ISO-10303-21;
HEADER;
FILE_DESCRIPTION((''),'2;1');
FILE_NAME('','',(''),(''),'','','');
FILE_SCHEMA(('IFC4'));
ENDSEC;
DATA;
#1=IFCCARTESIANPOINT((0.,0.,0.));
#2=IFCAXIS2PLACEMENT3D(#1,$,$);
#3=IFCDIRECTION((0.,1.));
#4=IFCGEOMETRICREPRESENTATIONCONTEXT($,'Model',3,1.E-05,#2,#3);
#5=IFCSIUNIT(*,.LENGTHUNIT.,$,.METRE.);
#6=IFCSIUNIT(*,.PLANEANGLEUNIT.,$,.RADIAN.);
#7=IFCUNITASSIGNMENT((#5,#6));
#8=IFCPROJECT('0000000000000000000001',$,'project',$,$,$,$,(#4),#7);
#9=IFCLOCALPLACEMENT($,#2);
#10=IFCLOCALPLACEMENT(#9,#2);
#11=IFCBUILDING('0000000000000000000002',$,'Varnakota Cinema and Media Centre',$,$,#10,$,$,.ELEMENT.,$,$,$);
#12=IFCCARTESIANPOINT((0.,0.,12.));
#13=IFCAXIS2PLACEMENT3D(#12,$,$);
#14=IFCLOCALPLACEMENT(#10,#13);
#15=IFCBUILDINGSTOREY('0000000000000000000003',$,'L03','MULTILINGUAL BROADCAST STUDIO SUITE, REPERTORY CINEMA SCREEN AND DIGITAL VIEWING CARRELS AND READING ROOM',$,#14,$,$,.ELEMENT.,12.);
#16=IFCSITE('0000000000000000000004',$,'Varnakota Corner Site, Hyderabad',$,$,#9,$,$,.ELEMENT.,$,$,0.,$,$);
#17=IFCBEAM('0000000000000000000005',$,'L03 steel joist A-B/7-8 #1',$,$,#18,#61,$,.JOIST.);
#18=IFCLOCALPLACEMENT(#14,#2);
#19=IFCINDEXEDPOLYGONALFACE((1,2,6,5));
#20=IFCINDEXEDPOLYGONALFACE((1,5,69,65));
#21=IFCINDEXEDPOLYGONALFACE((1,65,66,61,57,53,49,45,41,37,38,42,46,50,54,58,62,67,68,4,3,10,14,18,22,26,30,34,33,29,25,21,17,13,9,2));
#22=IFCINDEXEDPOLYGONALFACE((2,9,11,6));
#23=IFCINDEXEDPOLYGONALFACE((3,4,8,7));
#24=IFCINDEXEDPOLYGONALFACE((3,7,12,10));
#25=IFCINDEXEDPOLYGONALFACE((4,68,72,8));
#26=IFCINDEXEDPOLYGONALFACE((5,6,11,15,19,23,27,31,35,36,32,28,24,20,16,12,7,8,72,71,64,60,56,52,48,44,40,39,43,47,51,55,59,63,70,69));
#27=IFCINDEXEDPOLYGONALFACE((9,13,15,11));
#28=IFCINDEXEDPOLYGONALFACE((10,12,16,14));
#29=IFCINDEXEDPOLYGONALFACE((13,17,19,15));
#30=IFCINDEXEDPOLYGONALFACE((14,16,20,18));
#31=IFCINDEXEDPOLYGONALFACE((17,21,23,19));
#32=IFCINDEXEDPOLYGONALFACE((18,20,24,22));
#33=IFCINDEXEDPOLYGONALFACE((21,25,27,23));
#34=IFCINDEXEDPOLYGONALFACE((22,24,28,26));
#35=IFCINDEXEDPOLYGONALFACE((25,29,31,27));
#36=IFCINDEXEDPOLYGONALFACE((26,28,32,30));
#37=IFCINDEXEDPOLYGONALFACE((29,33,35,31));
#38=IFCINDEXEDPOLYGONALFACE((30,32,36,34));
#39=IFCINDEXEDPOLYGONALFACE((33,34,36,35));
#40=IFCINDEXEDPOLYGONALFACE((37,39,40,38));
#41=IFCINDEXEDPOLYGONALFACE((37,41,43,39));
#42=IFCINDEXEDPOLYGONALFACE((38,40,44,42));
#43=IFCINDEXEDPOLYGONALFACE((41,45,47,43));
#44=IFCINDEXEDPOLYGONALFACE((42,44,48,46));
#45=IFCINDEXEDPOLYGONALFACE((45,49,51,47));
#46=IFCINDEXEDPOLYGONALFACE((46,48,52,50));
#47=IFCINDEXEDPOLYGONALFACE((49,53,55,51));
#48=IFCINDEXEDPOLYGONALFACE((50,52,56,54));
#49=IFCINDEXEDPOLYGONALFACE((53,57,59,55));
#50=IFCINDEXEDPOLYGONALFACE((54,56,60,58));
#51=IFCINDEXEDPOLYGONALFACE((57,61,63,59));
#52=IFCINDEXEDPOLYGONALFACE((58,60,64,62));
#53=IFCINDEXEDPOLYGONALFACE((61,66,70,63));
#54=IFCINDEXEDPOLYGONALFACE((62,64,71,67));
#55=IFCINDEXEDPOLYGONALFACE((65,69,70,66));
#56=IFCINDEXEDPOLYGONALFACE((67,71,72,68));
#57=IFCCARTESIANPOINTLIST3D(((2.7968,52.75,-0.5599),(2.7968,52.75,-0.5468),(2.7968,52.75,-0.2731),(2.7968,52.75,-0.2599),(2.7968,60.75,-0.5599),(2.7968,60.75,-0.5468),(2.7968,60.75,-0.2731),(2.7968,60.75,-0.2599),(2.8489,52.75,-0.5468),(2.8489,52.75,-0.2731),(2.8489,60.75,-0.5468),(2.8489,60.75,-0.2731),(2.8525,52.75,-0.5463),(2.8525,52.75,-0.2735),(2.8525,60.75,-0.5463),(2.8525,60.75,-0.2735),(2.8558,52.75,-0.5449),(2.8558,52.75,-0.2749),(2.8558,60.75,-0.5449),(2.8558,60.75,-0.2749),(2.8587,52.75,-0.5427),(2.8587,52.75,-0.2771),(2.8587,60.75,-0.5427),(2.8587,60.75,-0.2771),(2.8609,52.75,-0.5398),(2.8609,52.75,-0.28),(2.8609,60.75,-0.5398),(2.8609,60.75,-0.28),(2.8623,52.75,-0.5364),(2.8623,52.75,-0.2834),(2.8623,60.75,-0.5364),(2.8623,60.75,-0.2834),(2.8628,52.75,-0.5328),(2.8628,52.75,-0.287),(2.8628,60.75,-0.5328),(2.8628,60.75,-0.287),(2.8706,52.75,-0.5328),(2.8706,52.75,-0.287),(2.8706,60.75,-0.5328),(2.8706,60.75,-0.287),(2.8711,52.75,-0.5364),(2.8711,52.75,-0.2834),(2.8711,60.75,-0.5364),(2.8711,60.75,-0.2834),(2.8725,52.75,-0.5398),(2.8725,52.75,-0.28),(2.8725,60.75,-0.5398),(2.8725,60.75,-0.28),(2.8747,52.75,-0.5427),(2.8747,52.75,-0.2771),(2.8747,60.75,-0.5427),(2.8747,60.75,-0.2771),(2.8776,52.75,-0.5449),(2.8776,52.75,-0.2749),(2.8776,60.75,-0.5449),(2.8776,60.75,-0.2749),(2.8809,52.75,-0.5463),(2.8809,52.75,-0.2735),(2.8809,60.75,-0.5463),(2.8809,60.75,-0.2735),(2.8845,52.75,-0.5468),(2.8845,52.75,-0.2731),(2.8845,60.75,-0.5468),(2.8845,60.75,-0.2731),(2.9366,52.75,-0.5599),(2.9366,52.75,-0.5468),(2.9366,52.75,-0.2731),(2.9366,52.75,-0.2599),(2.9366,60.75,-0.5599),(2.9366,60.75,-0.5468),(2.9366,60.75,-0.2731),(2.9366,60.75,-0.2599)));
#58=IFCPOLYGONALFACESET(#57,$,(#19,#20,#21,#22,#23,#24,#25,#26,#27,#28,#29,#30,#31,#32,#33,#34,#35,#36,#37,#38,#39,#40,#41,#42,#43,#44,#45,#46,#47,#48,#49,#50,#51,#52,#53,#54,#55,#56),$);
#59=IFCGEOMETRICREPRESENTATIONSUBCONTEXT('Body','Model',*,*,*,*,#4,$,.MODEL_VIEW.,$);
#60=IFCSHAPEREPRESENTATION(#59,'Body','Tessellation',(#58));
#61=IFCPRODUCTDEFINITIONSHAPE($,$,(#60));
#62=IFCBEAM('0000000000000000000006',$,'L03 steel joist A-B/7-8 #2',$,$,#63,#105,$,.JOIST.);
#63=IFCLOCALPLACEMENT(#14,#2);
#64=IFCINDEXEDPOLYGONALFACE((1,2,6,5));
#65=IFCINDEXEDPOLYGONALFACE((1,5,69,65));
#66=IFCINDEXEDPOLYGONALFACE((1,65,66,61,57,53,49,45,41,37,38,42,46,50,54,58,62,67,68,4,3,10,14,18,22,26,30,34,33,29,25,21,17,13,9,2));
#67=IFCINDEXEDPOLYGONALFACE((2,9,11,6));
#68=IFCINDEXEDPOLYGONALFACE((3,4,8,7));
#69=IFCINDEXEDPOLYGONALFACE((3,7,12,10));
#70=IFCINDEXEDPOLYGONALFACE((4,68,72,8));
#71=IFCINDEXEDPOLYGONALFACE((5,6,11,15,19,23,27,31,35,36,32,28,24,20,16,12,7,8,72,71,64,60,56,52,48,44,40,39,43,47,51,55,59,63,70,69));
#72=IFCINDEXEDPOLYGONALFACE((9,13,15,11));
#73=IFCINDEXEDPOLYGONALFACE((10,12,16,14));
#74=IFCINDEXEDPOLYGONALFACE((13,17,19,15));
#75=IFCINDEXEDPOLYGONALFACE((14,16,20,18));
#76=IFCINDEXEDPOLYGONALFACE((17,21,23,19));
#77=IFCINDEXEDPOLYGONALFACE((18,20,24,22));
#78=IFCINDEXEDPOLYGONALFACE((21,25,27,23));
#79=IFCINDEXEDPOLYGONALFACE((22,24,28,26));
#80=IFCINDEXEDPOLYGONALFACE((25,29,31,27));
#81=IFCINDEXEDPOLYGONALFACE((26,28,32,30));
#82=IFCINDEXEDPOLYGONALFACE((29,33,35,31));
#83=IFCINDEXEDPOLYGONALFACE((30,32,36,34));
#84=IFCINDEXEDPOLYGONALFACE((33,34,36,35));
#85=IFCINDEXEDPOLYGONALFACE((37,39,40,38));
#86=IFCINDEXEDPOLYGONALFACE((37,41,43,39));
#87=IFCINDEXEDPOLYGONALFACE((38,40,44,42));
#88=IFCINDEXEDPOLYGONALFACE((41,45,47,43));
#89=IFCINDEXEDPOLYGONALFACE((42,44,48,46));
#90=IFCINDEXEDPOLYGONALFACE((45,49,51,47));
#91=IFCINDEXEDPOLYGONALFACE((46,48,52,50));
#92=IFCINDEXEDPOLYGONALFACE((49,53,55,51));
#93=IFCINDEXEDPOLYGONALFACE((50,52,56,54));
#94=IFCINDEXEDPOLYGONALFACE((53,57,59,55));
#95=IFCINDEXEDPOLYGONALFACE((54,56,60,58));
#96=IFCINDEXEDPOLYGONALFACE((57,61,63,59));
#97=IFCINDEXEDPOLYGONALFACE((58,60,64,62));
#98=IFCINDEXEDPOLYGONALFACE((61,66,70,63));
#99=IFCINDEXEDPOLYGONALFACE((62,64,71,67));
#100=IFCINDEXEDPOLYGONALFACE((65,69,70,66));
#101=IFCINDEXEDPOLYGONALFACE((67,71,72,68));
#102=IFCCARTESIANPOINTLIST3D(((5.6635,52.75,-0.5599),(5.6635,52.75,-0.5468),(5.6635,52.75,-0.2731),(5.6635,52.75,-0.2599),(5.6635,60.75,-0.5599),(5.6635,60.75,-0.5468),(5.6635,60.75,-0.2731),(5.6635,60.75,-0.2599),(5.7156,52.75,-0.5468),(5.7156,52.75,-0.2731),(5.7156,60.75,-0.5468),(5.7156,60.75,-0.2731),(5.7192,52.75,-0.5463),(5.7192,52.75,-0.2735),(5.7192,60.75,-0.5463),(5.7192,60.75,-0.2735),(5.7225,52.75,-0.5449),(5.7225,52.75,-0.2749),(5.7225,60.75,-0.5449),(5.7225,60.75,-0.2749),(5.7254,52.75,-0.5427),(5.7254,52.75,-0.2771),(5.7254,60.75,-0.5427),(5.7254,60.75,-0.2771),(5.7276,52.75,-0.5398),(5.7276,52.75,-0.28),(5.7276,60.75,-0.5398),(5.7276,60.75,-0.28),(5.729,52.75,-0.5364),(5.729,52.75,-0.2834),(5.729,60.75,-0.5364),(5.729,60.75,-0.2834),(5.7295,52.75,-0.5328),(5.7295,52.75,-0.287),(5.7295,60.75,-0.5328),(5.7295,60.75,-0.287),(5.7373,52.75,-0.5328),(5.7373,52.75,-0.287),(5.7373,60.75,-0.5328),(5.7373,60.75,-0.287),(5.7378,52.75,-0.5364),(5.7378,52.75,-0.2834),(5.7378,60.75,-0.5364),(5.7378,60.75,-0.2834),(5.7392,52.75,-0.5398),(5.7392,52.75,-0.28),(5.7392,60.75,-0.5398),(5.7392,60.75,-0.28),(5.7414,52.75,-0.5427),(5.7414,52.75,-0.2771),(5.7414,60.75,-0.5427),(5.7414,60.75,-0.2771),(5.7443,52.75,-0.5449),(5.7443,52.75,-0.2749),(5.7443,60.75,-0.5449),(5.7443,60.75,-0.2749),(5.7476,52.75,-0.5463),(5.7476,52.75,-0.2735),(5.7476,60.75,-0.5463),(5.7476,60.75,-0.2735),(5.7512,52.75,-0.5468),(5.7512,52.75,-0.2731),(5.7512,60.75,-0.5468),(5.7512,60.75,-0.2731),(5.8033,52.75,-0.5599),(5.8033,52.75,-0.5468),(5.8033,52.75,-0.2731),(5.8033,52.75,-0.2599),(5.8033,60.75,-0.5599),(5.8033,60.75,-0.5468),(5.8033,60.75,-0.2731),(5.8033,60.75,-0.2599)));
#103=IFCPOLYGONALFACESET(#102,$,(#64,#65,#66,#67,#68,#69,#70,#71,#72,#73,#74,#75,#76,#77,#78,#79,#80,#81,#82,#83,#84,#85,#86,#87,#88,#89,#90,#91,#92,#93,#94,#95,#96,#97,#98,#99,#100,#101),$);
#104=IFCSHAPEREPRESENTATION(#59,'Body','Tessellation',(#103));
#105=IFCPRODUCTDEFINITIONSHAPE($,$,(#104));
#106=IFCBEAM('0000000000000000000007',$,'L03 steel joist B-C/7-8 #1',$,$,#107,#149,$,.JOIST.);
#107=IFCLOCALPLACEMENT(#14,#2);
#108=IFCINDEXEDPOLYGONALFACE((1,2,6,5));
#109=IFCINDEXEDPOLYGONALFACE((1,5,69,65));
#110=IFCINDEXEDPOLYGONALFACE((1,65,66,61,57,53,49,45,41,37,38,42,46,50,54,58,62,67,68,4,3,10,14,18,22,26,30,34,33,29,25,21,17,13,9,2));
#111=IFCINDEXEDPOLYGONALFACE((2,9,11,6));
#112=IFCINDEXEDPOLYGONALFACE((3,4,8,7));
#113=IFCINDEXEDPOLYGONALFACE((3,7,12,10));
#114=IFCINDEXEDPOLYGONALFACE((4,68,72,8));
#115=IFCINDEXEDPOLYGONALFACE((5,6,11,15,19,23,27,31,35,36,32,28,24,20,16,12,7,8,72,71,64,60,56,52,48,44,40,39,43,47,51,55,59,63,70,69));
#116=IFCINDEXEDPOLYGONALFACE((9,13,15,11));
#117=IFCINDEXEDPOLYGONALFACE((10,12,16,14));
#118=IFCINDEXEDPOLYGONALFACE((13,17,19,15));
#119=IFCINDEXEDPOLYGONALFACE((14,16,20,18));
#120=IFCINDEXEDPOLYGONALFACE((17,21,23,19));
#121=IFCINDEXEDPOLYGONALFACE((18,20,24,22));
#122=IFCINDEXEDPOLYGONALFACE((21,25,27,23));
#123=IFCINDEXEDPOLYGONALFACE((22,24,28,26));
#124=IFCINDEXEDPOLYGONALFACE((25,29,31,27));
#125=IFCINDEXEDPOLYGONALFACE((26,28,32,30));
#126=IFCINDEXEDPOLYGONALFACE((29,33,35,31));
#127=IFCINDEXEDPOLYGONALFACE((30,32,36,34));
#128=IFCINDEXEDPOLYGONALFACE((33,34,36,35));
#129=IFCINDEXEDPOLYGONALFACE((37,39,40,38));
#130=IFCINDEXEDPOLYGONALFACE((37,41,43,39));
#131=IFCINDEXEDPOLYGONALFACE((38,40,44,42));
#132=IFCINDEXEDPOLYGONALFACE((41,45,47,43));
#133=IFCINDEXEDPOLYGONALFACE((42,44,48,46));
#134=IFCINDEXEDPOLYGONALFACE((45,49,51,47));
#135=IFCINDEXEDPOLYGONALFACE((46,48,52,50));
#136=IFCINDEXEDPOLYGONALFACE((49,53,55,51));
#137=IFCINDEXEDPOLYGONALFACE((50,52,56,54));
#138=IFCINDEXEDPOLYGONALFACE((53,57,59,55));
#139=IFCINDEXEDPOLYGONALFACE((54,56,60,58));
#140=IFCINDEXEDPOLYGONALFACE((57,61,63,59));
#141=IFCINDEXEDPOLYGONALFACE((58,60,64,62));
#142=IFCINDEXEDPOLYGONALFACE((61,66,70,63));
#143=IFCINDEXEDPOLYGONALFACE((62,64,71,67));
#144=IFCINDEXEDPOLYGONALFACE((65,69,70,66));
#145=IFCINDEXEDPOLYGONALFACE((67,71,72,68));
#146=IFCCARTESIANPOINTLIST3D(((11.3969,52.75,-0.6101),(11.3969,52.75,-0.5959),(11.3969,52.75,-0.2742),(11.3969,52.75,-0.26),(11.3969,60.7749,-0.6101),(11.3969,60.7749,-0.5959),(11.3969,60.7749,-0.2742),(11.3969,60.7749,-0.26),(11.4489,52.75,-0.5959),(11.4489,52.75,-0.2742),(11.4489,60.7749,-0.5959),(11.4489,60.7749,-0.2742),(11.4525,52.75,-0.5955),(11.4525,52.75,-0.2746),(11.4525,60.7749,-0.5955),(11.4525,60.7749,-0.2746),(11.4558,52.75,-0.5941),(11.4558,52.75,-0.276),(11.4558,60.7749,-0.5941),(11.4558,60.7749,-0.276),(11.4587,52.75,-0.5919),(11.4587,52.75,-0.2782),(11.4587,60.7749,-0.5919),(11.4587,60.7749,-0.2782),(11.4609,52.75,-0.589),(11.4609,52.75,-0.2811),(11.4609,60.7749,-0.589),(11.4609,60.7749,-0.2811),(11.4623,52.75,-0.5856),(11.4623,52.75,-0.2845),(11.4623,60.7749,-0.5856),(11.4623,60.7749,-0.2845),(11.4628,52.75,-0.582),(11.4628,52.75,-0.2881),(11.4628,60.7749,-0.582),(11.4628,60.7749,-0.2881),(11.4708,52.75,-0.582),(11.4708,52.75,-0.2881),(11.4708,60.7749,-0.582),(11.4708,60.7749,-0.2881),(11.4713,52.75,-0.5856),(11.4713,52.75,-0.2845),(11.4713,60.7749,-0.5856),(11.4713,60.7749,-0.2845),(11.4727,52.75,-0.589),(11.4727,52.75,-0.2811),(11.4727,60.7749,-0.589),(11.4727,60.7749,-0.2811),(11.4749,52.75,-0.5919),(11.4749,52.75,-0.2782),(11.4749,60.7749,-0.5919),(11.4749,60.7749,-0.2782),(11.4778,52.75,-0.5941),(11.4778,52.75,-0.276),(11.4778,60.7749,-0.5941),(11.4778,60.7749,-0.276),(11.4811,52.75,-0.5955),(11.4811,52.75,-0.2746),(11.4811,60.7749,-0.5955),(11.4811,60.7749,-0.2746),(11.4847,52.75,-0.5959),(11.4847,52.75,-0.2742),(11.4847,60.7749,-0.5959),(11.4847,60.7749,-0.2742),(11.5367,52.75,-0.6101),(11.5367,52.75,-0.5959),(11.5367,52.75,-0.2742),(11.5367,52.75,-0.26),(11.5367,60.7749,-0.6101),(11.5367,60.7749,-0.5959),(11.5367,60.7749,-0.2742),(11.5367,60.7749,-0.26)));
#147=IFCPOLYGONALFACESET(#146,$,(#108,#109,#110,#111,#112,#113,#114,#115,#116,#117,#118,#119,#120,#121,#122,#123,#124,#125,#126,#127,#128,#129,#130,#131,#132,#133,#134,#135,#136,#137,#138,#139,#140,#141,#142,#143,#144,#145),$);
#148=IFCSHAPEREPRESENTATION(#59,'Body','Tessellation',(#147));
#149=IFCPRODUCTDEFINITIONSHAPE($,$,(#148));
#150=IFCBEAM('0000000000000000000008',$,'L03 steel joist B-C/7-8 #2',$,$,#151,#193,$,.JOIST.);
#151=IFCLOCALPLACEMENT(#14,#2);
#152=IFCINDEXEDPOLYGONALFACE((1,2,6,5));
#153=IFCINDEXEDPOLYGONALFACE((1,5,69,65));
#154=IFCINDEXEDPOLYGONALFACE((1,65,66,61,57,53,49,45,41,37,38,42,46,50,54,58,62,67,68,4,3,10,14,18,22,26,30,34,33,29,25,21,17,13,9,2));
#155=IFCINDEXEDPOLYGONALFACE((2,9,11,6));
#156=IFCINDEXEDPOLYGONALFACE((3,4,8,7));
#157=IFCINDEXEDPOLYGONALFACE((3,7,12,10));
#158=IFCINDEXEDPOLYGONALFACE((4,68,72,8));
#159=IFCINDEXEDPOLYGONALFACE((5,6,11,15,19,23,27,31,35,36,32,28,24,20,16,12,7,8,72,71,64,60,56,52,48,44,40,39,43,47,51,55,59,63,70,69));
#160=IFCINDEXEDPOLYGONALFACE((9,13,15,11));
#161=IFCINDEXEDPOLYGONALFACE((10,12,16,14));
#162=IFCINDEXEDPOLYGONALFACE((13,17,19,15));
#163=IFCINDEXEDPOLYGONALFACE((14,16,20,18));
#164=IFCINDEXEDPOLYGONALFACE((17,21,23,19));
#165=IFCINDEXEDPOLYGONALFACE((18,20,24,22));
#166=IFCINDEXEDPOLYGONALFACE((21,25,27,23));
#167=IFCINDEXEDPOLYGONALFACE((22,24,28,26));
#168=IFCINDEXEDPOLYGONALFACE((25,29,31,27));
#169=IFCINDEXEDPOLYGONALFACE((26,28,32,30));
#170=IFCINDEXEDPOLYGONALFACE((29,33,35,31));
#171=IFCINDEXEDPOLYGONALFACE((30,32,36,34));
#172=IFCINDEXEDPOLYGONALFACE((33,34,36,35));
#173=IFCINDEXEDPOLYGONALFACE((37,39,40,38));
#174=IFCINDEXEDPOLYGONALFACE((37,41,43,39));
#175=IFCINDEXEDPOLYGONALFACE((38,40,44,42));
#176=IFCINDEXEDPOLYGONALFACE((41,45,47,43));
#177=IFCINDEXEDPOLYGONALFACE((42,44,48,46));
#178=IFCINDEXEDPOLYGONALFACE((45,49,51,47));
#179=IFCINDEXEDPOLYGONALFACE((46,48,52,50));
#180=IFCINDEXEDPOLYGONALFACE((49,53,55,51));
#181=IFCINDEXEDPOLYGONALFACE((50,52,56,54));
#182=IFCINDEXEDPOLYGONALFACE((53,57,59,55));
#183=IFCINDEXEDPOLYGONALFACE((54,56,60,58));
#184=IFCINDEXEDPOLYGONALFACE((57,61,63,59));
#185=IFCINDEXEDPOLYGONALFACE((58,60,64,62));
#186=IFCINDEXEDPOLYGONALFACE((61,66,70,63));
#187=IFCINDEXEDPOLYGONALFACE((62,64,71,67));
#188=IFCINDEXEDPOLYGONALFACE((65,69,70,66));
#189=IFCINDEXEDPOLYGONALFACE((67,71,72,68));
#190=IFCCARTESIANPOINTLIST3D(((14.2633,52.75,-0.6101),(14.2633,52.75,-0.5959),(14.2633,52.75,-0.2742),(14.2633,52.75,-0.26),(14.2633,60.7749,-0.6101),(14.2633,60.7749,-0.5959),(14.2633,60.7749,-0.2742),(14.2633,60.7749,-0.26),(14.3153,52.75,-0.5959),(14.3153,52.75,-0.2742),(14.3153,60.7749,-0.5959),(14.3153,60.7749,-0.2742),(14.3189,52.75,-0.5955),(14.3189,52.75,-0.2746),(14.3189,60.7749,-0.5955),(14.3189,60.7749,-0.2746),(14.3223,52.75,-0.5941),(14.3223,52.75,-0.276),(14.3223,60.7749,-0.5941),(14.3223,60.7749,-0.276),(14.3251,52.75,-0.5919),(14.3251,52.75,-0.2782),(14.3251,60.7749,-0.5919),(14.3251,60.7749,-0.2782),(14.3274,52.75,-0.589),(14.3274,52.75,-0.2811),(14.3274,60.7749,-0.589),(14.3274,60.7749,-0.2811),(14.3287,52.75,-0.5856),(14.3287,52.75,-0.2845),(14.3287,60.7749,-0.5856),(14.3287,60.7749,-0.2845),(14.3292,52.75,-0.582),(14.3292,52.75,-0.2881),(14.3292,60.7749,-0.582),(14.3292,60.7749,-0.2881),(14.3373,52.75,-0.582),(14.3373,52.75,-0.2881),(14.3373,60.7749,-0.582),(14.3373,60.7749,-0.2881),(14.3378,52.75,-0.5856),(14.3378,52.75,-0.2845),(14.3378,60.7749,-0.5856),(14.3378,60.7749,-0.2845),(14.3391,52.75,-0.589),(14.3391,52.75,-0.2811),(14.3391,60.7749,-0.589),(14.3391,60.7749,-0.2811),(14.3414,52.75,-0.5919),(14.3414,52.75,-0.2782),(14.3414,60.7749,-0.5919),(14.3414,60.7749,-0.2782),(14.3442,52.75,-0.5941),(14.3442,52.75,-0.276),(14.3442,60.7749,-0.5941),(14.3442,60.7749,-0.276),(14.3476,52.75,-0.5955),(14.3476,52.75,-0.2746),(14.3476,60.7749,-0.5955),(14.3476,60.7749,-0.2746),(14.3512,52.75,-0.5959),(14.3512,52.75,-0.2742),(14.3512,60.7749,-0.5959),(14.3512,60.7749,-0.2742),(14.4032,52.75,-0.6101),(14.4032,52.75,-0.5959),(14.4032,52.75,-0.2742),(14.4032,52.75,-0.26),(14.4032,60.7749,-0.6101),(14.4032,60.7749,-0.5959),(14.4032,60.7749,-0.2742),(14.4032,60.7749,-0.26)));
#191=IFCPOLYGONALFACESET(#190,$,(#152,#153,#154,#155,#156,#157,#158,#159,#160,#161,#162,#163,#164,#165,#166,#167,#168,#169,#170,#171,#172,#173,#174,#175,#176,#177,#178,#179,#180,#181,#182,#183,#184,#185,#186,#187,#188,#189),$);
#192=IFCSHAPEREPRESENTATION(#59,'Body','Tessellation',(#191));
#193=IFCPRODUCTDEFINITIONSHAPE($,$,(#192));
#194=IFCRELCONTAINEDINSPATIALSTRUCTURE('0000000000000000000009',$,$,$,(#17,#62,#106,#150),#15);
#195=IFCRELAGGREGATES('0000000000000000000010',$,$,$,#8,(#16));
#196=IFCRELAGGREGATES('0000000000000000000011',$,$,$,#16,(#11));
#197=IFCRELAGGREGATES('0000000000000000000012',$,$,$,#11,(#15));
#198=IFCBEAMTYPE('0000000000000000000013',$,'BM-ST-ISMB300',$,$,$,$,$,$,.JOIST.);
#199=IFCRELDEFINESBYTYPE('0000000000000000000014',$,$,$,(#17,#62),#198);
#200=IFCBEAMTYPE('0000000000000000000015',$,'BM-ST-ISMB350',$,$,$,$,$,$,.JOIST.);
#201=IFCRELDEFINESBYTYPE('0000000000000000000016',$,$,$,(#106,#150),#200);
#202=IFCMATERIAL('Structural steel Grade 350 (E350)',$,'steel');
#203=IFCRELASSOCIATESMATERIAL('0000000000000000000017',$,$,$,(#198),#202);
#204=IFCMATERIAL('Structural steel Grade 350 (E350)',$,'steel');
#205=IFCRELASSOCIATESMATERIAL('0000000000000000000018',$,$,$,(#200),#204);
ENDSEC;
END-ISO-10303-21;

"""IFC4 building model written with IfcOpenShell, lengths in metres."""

from ifc_helpers import new_model, si_unit, direction, frame, origin, origin_2d, place, context, subcontext, project, spatial, i_section, extrude, material, material_profile, profile_set, type_object, element, save


model = new_model("IFC4")

# Units and contexts
model_context = context("Model", 3, precision=1e-05, world=origin(), true_north=direction((0.0, 1.0)))
body_context = subcontext(model_context, "Body", "Model", "MODEL_VIEW")
ifc_project = project(units=[si_unit("LENGTHUNIT", "METRE"), si_unit("PLANEANGLEUNIT", "RADIAN")], contexts=[model_context])

# Site, building, storey
site_placement = place(None, origin())
site = spatial("IfcSite", under=ifc_project, at=site_placement, Name="Varnakota Corner Site, Hyderabad", CompositionType="ELEMENT", RefElevation=0.0)
building_placement = place(site_placement, origin())
building = spatial("IfcBuilding", under=site, at=building_placement, Name="Varnakota Cinema and Media Centre", CompositionType="ELEMENT")
storey_placement = place(building_placement, frame((0.0, 0.0, 12.0)))
storey = spatial("IfcBuildingStorey", under=building, at=storey_placement, Name="L03", Description="MULTILINGUAL BROADCAST STUDIO SUITE, REPERTORY CINEMA SCREEN AND DIGITAL VIEWING CARRELS AND READING ROOM", CompositionType="ELEMENT", Elevation=12.0)

# Beams
ifc_material_1 = material(Name="Structural steel Grade 350 (E350)", Category="steel")
ifc_material_profile_1 = material_profile(ifc_material_1, i_section(OverallWidth=0.1399, OverallDepth=0.3, WebThickness=0.0078, FlangeThickness=0.0132, FilletRadius=0.0139, at=origin_2d()), Name="ISMB 300")
ifc_profile_set_1 = profile_set([ifc_material_profile_1], Name="Structural steel Grade 350 (E350)")
beam_type_1 = type_object("IfcBeamType", Name="BM-ST-ISMB300", PredefinedType="JOIST", material=ifc_profile_set_1)
for number, where, z_axis, x_axis, name in (
    (1, (2.8667, 52.75, -0.4099), (0.0, 1.0, 0.0), (-1.0, 0.0, 0.0), "L03 steel joist A-B/7-8 #1"),
    (2, (5.7334, 52.75, -0.4099), (0.0, 1.0, 0.0), (-1.0, 0.0, 0.0), "L03 steel joist A-B/7-8 #2"),
):
    element("IfcBeam", number, at=place(storey_placement, frame(where, z_axis=z_axis, x_axis=x_axis)), inside=storey, type_object=beam_type_1, Name=name, PredefinedType="JOIST", context=body_context, shape_type="SweptSolid", body=[
        extrude(i_section(OverallWidth=0.1399, OverallDepth=0.3, WebThickness=0.0078, FlangeThickness=0.0132, FilletRadius=0.0139, at=origin_2d()), origin(), (0.0, 0.0, 1.0), 8.0),
    ])
ifc_material_2 = material(Name="Structural steel Grade 350 (E350)", Category="steel")
ifc_material_profile_2 = material_profile(ifc_material_2, i_section(OverallWidth=0.1399, OverallDepth=0.3501, WebThickness=0.0081, FlangeThickness=0.0142, FilletRadius=0.0139, at=origin_2d()), Name="ISMB 350")
ifc_profile_set_2 = profile_set([ifc_material_profile_2], Name="Structural steel Grade 350 (E350)")
beam_type_2 = type_object("IfcBeamType", Name="BM-ST-ISMB350", PredefinedType="JOIST", material=ifc_profile_set_2)
for number, where, z_axis, x_axis, name in (
    (3, (11.4668, 52.75, -0.4351), (0.0, 1.0, 0.0), (-1.0, 0.0, 0.0), "L03 steel joist B-C/7-8 #1"),
    (4, (14.3333, 52.75, -0.4351), (0.0, 1.0, 0.0), (-1.0, 0.0, 0.0), "L03 steel joist B-C/7-8 #2"),
):
    element("IfcBeam", number, at=place(storey_placement, frame(where, z_axis=z_axis, x_axis=x_axis)), inside=storey, type_object=beam_type_2, Name=name, PredefinedType="JOIST", context=body_context, shape_type="SweptSolid", body=[
        extrude(i_section(OverallWidth=0.1399, OverallDepth=0.3501, WebThickness=0.0081, FlangeThickness=0.0142, FilletRadius=0.0139, at=origin_2d()), origin(), (0.0, 0.0, 1.0), 8.0249),
    ])

save(model, "model.ifc")
